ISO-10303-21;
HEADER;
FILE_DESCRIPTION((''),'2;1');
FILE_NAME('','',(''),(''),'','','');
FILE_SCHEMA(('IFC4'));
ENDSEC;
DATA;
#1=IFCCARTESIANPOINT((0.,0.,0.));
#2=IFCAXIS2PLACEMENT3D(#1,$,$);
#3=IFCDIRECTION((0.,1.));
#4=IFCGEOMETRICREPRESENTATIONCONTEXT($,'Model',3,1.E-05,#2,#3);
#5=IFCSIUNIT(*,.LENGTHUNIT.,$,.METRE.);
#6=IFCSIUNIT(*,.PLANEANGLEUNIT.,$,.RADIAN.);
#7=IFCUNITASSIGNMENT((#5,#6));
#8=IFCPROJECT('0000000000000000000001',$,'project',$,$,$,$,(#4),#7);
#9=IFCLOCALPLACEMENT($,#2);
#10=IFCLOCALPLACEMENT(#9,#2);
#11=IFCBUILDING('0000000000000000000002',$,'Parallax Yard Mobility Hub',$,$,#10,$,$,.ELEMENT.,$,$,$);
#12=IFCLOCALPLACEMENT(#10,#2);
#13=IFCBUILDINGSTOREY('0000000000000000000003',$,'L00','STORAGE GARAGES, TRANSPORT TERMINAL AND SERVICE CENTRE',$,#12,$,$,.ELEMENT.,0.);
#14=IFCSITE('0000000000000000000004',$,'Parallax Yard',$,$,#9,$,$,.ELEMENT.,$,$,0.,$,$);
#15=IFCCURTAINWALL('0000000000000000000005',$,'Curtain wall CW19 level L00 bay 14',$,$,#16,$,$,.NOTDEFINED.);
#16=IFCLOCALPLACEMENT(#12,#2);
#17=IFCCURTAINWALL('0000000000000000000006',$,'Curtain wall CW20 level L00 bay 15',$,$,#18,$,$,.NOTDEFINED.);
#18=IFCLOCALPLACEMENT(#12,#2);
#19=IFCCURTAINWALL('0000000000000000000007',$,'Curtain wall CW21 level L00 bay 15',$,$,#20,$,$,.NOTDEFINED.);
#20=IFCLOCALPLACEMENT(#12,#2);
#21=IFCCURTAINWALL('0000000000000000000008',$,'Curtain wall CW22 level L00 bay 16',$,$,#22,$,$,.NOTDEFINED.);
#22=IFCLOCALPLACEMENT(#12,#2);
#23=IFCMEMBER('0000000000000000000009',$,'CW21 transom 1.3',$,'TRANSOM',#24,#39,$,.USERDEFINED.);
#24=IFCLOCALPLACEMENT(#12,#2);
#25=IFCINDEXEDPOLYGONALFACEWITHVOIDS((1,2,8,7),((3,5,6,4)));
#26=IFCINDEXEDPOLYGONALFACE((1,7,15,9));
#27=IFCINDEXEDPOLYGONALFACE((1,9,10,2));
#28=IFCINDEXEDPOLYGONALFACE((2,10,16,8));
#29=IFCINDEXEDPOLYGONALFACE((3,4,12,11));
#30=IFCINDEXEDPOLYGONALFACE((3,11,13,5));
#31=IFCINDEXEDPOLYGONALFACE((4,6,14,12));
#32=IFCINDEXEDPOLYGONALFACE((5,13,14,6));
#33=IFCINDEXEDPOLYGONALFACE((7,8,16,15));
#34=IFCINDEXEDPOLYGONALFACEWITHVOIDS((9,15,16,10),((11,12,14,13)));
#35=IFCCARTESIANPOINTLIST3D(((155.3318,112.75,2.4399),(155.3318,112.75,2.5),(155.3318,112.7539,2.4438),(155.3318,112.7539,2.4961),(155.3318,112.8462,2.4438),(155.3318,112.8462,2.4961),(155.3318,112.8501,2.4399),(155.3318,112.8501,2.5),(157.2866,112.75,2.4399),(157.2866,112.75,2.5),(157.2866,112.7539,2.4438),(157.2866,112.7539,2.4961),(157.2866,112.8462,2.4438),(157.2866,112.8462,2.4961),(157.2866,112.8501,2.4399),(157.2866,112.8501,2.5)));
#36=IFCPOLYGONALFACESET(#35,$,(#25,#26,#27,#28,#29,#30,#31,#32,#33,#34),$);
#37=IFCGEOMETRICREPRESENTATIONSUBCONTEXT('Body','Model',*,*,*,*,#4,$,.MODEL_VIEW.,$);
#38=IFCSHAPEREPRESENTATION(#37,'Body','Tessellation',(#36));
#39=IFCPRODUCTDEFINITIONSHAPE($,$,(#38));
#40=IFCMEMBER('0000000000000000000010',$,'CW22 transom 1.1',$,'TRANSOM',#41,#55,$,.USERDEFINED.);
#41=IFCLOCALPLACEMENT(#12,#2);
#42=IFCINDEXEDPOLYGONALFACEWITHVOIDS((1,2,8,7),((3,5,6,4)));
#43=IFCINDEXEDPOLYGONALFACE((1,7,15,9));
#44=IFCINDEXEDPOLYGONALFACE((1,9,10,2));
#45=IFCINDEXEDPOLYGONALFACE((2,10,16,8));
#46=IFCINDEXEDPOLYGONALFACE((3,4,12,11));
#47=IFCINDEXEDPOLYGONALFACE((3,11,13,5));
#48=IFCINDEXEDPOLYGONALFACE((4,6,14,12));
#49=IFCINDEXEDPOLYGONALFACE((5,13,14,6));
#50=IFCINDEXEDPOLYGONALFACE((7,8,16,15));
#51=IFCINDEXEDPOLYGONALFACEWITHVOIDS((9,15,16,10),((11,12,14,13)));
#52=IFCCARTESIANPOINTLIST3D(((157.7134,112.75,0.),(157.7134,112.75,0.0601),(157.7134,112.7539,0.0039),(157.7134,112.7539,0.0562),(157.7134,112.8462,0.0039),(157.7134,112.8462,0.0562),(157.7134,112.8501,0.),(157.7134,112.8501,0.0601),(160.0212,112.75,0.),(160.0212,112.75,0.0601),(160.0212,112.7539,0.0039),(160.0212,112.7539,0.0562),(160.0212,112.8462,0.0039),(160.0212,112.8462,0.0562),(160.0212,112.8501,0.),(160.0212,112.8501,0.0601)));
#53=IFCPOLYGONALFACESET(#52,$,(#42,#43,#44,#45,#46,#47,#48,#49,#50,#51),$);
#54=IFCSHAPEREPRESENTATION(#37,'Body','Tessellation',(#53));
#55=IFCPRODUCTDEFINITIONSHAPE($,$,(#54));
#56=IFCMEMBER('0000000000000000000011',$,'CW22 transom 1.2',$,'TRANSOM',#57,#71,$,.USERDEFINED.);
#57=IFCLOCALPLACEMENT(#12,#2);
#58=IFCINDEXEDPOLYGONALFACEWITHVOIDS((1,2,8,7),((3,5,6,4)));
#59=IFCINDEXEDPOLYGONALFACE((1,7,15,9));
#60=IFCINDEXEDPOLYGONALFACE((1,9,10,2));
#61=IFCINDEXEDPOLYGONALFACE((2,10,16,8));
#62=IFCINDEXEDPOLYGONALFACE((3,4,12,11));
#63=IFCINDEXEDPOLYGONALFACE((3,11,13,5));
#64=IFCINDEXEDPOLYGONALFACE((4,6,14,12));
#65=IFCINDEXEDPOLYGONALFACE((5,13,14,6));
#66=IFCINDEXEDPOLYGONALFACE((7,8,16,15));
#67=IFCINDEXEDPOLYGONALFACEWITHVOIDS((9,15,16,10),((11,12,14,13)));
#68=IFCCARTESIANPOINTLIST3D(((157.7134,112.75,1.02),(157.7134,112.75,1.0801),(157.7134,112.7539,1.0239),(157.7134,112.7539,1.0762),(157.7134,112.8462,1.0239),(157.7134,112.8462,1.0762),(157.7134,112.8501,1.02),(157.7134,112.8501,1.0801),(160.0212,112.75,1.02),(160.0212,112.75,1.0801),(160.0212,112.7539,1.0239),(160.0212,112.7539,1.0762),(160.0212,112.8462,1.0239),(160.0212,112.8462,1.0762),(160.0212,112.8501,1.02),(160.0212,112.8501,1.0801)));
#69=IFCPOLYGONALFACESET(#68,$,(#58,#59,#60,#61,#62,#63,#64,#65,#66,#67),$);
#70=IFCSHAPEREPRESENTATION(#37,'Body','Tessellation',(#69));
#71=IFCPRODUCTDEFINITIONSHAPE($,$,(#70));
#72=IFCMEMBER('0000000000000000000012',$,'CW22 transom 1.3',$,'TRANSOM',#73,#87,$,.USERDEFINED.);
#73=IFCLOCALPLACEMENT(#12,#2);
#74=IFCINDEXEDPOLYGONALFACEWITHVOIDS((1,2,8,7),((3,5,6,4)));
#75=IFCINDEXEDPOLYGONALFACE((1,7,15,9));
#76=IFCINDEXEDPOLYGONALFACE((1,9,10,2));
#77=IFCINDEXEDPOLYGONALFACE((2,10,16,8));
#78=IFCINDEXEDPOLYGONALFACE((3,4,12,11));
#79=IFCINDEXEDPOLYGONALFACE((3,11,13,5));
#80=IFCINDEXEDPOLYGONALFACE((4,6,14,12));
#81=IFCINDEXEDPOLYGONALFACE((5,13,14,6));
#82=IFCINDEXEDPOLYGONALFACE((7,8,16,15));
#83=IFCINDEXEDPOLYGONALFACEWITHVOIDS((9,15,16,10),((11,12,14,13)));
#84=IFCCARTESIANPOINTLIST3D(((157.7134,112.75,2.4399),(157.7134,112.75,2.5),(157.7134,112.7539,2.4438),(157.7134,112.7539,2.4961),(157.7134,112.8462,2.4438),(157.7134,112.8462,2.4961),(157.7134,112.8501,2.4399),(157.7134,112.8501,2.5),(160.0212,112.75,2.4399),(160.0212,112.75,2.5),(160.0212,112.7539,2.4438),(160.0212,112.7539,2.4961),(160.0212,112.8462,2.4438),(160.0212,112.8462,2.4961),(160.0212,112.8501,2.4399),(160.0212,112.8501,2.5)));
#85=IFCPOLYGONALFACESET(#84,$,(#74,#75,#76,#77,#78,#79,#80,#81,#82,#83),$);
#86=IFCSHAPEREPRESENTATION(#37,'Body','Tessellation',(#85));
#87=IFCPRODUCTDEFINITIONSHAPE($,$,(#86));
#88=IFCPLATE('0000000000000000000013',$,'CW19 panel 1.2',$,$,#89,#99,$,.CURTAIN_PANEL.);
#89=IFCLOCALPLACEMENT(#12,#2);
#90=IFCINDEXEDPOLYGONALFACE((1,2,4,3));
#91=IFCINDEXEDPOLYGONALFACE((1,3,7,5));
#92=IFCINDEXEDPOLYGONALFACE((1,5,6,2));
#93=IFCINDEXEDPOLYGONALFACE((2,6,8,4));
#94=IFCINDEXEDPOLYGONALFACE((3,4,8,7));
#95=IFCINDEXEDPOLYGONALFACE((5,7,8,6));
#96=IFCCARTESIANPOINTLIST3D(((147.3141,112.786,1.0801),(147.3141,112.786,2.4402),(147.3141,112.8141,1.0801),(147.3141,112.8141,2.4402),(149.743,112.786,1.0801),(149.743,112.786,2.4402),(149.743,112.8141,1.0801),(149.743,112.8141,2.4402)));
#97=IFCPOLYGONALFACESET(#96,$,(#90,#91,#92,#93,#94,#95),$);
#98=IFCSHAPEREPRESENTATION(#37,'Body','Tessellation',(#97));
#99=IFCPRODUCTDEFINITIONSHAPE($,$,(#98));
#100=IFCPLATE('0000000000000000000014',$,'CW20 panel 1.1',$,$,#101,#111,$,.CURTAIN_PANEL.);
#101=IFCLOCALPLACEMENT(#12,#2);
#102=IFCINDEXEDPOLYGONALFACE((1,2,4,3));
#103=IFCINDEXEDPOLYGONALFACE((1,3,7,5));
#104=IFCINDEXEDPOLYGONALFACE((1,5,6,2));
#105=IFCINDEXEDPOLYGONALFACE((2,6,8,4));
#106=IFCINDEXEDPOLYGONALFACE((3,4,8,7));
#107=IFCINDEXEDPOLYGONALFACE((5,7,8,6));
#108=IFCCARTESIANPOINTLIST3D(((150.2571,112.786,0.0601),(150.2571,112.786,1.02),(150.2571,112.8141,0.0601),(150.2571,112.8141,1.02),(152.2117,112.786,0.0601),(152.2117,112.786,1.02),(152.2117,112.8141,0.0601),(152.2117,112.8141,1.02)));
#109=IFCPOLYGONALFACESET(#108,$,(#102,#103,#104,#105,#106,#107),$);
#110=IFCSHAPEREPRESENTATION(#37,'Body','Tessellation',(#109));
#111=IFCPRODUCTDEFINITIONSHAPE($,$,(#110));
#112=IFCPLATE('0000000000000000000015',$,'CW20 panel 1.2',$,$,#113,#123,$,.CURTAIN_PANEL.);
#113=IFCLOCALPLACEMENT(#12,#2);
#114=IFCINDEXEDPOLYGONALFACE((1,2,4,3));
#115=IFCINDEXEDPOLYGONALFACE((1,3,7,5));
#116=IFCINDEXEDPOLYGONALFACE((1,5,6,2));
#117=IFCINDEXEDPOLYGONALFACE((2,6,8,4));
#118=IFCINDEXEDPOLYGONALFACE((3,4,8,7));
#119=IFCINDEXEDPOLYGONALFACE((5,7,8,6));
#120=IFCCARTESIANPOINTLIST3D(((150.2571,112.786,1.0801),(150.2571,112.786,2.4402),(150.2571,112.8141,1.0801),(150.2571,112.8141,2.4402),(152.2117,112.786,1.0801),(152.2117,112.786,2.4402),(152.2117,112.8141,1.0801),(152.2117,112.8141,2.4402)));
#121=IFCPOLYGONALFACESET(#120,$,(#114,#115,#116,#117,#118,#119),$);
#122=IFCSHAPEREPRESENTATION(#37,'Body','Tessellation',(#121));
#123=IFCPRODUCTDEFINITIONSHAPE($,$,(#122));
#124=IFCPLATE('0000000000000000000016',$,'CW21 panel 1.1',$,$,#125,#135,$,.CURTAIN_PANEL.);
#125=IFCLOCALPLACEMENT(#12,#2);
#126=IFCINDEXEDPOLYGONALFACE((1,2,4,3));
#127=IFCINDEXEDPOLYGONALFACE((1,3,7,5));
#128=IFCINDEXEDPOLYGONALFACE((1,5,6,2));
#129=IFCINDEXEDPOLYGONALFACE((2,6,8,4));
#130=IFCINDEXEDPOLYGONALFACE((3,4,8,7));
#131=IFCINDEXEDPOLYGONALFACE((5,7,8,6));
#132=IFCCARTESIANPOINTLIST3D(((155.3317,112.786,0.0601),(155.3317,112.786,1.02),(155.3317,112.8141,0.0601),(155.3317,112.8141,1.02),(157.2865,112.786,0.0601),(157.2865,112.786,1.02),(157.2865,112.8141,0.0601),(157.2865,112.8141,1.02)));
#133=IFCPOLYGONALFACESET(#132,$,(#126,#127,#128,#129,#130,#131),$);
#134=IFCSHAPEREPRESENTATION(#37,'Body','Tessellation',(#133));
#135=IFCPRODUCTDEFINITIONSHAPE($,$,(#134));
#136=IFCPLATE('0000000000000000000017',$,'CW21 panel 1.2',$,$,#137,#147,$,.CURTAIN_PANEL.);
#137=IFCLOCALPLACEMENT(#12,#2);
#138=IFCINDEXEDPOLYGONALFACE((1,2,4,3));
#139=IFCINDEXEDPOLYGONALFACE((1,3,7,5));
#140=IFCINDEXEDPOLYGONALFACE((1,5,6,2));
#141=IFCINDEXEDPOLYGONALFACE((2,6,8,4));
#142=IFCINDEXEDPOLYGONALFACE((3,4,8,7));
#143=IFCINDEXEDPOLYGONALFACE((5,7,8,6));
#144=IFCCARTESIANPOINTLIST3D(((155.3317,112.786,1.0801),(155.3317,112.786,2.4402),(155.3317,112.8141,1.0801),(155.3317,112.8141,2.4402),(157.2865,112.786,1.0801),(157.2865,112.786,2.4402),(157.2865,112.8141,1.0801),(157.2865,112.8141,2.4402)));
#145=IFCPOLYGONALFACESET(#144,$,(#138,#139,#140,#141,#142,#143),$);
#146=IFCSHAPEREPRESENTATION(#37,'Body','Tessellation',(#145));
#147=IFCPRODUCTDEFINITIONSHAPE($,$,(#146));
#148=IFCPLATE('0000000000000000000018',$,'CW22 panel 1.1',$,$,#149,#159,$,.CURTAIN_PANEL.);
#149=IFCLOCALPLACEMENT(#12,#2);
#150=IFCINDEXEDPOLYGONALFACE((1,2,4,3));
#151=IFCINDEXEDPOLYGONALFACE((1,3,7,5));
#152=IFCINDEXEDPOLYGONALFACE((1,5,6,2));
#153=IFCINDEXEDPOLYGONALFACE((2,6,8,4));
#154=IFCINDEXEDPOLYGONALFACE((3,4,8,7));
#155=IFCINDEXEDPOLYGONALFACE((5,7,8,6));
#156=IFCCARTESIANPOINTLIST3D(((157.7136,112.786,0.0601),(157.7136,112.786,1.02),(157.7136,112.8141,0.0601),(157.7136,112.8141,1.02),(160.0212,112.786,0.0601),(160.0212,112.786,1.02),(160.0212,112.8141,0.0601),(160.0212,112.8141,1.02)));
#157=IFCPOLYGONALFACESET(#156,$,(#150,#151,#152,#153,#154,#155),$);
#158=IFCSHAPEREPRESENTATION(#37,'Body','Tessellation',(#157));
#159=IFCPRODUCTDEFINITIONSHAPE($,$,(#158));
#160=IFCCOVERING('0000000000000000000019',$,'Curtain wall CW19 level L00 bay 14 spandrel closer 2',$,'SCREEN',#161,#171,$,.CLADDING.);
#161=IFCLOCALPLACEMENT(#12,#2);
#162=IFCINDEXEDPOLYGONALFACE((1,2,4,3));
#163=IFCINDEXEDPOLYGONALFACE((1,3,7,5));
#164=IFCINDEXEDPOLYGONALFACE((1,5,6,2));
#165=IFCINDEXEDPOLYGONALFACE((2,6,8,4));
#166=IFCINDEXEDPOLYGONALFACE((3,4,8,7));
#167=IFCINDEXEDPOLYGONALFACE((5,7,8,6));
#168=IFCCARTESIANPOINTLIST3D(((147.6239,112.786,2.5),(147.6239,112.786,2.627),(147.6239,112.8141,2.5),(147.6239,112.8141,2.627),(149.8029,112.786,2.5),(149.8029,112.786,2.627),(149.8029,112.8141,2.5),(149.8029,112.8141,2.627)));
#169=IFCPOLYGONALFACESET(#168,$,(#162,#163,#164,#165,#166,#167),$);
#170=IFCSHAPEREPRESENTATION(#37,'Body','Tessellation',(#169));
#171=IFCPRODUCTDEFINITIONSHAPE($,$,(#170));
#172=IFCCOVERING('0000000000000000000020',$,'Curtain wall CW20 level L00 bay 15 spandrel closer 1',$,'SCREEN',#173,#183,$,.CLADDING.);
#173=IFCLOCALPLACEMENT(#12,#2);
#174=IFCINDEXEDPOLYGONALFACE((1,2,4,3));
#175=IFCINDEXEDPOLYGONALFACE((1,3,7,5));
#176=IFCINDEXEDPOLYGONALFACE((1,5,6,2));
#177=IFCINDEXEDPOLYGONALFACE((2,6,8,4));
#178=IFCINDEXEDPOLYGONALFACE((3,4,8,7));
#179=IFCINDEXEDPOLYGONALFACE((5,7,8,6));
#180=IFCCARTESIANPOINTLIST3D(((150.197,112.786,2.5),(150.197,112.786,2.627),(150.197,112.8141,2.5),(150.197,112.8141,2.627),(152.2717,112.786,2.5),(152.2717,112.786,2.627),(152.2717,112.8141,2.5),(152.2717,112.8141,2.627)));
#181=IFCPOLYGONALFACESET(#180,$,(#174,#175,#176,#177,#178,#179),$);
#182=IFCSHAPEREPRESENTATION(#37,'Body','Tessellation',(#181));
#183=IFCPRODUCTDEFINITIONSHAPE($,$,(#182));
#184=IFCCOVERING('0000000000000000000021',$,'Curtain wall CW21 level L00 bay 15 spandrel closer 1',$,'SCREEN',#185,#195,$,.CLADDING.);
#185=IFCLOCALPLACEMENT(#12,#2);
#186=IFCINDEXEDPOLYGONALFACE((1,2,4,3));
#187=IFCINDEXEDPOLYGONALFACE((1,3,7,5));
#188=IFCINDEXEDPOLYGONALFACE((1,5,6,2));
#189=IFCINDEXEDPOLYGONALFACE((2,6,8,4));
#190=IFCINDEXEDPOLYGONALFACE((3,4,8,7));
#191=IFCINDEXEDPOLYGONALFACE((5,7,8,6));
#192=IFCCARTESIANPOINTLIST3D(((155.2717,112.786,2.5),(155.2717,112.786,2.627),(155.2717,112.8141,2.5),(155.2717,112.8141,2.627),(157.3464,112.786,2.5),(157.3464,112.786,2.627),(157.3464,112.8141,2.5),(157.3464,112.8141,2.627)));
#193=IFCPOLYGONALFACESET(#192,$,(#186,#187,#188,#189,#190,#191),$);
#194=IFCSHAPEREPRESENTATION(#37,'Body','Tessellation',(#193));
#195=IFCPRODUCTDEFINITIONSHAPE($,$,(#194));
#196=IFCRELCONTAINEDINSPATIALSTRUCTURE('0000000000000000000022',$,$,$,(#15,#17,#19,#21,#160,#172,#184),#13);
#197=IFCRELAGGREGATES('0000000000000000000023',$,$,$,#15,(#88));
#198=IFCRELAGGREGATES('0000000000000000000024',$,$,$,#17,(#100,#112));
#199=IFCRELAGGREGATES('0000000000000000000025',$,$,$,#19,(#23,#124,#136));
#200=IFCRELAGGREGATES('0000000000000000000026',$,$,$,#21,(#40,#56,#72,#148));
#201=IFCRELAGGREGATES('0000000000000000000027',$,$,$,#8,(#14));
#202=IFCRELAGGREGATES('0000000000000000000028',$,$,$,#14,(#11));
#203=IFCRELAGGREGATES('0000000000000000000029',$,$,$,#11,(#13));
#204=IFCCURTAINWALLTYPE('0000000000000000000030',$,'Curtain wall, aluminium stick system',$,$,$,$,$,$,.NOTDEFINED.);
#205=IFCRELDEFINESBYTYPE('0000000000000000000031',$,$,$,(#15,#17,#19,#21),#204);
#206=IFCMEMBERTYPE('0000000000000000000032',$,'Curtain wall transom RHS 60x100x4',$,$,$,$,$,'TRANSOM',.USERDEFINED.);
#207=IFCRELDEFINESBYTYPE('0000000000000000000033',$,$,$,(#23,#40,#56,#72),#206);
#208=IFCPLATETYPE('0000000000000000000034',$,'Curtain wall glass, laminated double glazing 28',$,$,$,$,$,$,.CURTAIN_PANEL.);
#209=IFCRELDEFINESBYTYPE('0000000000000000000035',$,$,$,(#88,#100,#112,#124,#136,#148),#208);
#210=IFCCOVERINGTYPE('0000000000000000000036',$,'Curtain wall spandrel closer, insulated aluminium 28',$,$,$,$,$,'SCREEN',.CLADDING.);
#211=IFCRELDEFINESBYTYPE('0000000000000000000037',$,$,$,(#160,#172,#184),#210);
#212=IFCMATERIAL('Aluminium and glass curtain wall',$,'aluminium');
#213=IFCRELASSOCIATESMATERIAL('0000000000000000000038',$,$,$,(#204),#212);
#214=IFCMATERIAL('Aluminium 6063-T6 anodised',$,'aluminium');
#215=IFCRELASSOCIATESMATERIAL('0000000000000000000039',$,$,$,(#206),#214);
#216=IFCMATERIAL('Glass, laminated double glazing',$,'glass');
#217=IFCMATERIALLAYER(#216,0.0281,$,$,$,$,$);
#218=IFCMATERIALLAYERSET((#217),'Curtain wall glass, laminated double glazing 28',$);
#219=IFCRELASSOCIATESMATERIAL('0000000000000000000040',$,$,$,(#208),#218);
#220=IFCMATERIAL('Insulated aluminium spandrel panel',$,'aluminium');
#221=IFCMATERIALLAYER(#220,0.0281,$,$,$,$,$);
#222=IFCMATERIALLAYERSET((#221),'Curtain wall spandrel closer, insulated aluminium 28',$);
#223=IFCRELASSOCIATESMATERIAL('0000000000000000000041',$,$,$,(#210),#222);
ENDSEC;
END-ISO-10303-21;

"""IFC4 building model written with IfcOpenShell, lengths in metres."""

from ifc_helpers import new_model, si_unit, direction, frame, origin, origin_2d, place, context, subcontext, project, spatial, rectangle, hollow_rectangle, extrude, material, layer, layer_set, material_profile, profile_set, type_object, element, aggregate, save


model = new_model("IFC4")

# Units and contexts
model_context = context("Model", 3, precision=1e-05, world=origin(), true_north=direction((0.0, 1.0)))
body_context = subcontext(model_context, "Body", "Model", "MODEL_VIEW")
ifc_project = project(units=[si_unit("LENGTHUNIT", "METRE"), si_unit("PLANEANGLEUNIT", "RADIAN")], contexts=[model_context])

# Site, building, storey
site_placement = place(None, origin())
site = spatial("IfcSite", under=ifc_project, at=site_placement, Name="Parallax Yard", CompositionType="ELEMENT", RefElevation=0.0)
building_placement = place(site_placement, origin())
building = spatial("IfcBuilding", under=site, at=building_placement, Name="Parallax Yard Mobility Hub", CompositionType="ELEMENT")
storey_placement = place(building_placement, origin())
storey = spatial("IfcBuildingStorey", under=building, at=storey_placement, Name="L00", Description="STORAGE GARAGES, TRANSPORT TERMINAL AND SERVICE CENTRE", CompositionType="ELEMENT", Elevation=0.0)

# Curtain wall
ifc_material_1 = material(Name="Aluminium and glass curtain wall", Category="aluminium")
curtain_wall_type = type_object("IfcCurtainWallType", Name="Curtain wall, aluminium stick system", PredefinedType="NOTDEFINED", material=ifc_material_1)
curtain_wall_1_placement = place(storey_placement, origin())
curtain_wall_1 = element("IfcCurtainWall", 1, at=curtain_wall_1_placement, inside=storey, type_object=curtain_wall_type, Name="Curtain wall CW19 level L00 bay 14", PredefinedType="NOTDEFINED")
ifc_material_2 = material(Name="Aluminium 6063-T6 anodised", Category="aluminium")

# Curtain walls
curtain_wall_2_placement = place(storey_placement, origin())
curtain_wall_2 = element("IfcCurtainWall", 2, at=curtain_wall_2_placement, inside=storey, type_object=curtain_wall_type, Name="Curtain wall CW20 level L00 bay 15", PredefinedType="NOTDEFINED")
curtain_wall_3_placement = place(storey_placement, origin())
curtain_wall_3 = element("IfcCurtainWall", 3, at=curtain_wall_3_placement, inside=storey, type_object=curtain_wall_type, Name="Curtain wall CW21 level L00 bay 15", PredefinedType="NOTDEFINED")

# Curtain wall
curtain_wall_4_placement = place(storey_placement, origin())
curtain_wall_4 = element("IfcCurtainWall", 4, at=curtain_wall_4_placement, inside=storey, type_object=curtain_wall_type, Name="Curtain wall CW22 level L00 bay 16", PredefinedType="NOTDEFINED")

# Members
ifc_material_profile_1 = material_profile(ifc_material_2, hollow_rectangle(XDim=0.1001, YDim=0.0601, WallThickness=0.0039, at=origin_2d()), Name="RHS 60x100x4")
ifc_profile_set_1 = profile_set([ifc_material_profile_1], Name="Aluminium 6063-T6 anodised")
member_type_1 = type_object("IfcMemberType", Name="Curtain wall transom RHS 60x100x4", ElementType="TRANSOM", PredefinedType="USERDEFINED", material=ifc_profile_set_1)
member_1_placement = place(storey_placement, frame((155.3318, 112.8, 2.47), z_axis=(1.0, 0.0, 0.0), x_axis=(0.0, 1.0, 0.0)))
member_1 = element("IfcMember", 5, at=member_1_placement, type_object=member_type_1, Name="CW21 transom 1.3", ObjectType="TRANSOM", PredefinedType="USERDEFINED", context=body_context, shape_type="SweptSolid", body=[
    extrude(hollow_rectangle(XDim=0.1001, YDim=0.0601, WallThickness=0.0039, at=origin_2d()), origin(), (0.0, 0.0, 1.0), 1.9548),
])
member_2_placement = place(storey_placement, frame((157.7134, 112.8, 0.03), z_axis=(1.0, 0.0, 0.0), x_axis=(0.0, 1.0, 0.0)))
member_2 = element("IfcMember", 6, at=member_2_placement, type_object=member_type_1, Name="CW22 transom 1.1", ObjectType="TRANSOM", PredefinedType="USERDEFINED", context=body_context, shape_type="SweptSolid", body=[
    extrude(hollow_rectangle(XDim=0.1001, YDim=0.0601, WallThickness=0.0039, at=origin_2d()), origin(), (0.0, 0.0, 1.0), 2.3079),
])
member_3_placement = place(storey_placement, frame((157.7134, 112.8, 1.05), z_axis=(1.0, 0.0, 0.0), x_axis=(0.0, 1.0, 0.0)))
member_3 = element("IfcMember", 7, at=member_3_placement, type_object=member_type_1, Name="CW22 transom 1.2", ObjectType="TRANSOM", PredefinedType="USERDEFINED", context=body_context, shape_type="SweptSolid", body=[
    extrude(hollow_rectangle(XDim=0.1001, YDim=0.0601, WallThickness=0.0039, at=origin_2d()), origin(), (0.0, 0.0, 1.0), 2.3079),
])
member_4_placement = place(storey_placement, frame((157.7134, 112.8, 2.47), z_axis=(1.0, 0.0, 0.0), x_axis=(0.0, 1.0, 0.0)))
member_4 = element("IfcMember", 8, at=member_4_placement, type_object=member_type_1, Name="CW22 transom 1.3", ObjectType="TRANSOM", PredefinedType="USERDEFINED", context=body_context, shape_type="SweptSolid", body=[
    extrude(hollow_rectangle(XDim=0.1001, YDim=0.0601, WallThickness=0.0039, at=origin_2d()), origin(), (0.0, 0.0, 1.0), 2.3079),
])

# Plates
ifc_material_3 = material(Name="Glass, laminated double glazing", Category="glass")
ifc_layer_1 = layer(ifc_material_3, 0.0281)
ifc_layer_set_1 = layer_set([ifc_layer_1], Name="Curtain wall glass, laminated double glazing 28")
plate_type = type_object("IfcPlateType", Name="Curtain wall glass, laminated double glazing 28", PredefinedType="CURTAIN_PANEL", material=ifc_layer_set_1)
plate_1_placement = place(storey_placement, frame((148.5286, 112.8, 1.0801), z_axis=(0.0, 0.0, 1.0), x_axis=(1.0, 0.0, 0.0)))
plate_1 = element("IfcPlate", 9, at=plate_1_placement, type_object=plate_type, Name="CW19 panel 1.2", PredefinedType="CURTAIN_PANEL", context=body_context, shape_type="SweptSolid", body=[
    extrude(rectangle(XDim=2.429, YDim=0.0281, at=origin_2d()), origin(), (0.0, 0.0, 1.0), 1.3601),
])
aggregate(curtain_wall_1, [plate_1])
plate_2_placement = place(storey_placement, frame((151.2344, 112.8, 0.0601), z_axis=(0.0, 0.0, 1.0), x_axis=(1.0, 0.0, 0.0)))
plate_2 = element("IfcPlate", 10, at=plate_2_placement, type_object=plate_type, Name="CW20 panel 1.1", PredefinedType="CURTAIN_PANEL", context=body_context, shape_type="SweptSolid", body=[
    extrude(rectangle(XDim=1.9546, YDim=0.0281, at=origin_2d()), origin(), (0.0, 0.0, 1.0), 0.96),
])
plate_3_placement = place(storey_placement, frame((151.2344, 112.8, 1.0801), z_axis=(0.0, 0.0, 1.0), x_axis=(1.0, 0.0, 0.0)))
plate_3 = element("IfcPlate", 11, at=plate_3_placement, type_object=plate_type, Name="CW20 panel 1.2", PredefinedType="CURTAIN_PANEL", context=body_context, shape_type="SweptSolid", body=[
    extrude(rectangle(XDim=1.9546, YDim=0.0281, at=origin_2d()), origin(), (0.0, 0.0, 1.0), 1.3601),
])
aggregate(curtain_wall_2, [plate_2, plate_3])
plate_4_placement = place(storey_placement, frame((156.3091, 112.8, 0.0601), z_axis=(0.0, 0.0, 1.0), x_axis=(1.0, 0.0, 0.0)))
plate_4 = element("IfcPlate", 12, at=plate_4_placement, type_object=plate_type, Name="CW21 panel 1.1", PredefinedType="CURTAIN_PANEL", context=body_context, shape_type="SweptSolid", body=[
    extrude(rectangle(XDim=1.9548, YDim=0.0281, at=origin_2d()), origin(), (0.0, 0.0, 1.0), 0.96),
])
plate_5_placement = place(storey_placement, frame((156.3091, 112.8, 1.0801), z_axis=(0.0, 0.0, 1.0), x_axis=(1.0, 0.0, 0.0)))
plate_5 = element("IfcPlate", 13, at=plate_5_placement, type_object=plate_type, Name="CW21 panel 1.2", PredefinedType="CURTAIN_PANEL", context=body_context, shape_type="SweptSolid", body=[
    extrude(rectangle(XDim=1.9548, YDim=0.0281, at=origin_2d()), origin(), (0.0, 0.0, 1.0), 1.3601),
])
aggregate(curtain_wall_3, [member_1, plate_4, plate_5])
plate_6_placement = place(storey_placement, frame((158.8674, 112.8, 0.0601), z_axis=(0.0, 0.0, 1.0), x_axis=(1.0, 0.0, 0.0)))
plate_6 = element("IfcPlate", 14, at=plate_6_placement, type_object=plate_type, Name="CW22 panel 1.1", PredefinedType="CURTAIN_PANEL", context=body_context, shape_type="SweptSolid", body=[
    extrude(rectangle(XDim=2.3076, YDim=0.0281, at=origin_2d()), origin(), (0.0, 0.0, 1.0), 0.96),
])
aggregate(curtain_wall_4, [member_2, member_3, member_4, plate_6])

# Coverings
ifc_material_4 = material(Name="Insulated aluminium spandrel panel", Category="aluminium")
ifc_layer_2 = layer(ifc_material_4, 0.0281)
ifc_layer_set_2 = layer_set([ifc_layer_2], Name="Curtain wall spandrel closer, insulated aluminium 28")
covering_type = type_object("IfcCoveringType", Name="Curtain wall spandrel closer, insulated aluminium 28", ElementType="SCREEN", PredefinedType="CLADDING", material=ifc_layer_set_2)
covering_1_placement = place(storey_placement, frame((148.7134, 112.8, 2.5), z_axis=(0.0, 0.0, 1.0), x_axis=(1.0, 0.0, 0.0)))
element("IfcCovering", 15, at=covering_1_placement, inside=storey, type_object=covering_type, Name="Curtain wall CW19 level L00 bay 14 spandrel closer 2", ObjectType="SCREEN", PredefinedType="CLADDING", context=body_context, shape_type="SweptSolid", body=[
    extrude(rectangle(XDim=2.179, YDim=0.0281, at=origin_2d()), origin(), (0.0, 0.0, 1.0), 0.127),
])
for number, where, z_axis, x_axis, name in (
    (16, (151.2344, 112.8, 2.5), (0.0, 0.0, 1.0), (1.0, 0.0, 0.0), "Curtain wall CW20 level L00 bay 15 spandrel closer 1"),
    (17, (156.3091, 112.8, 2.5), (0.0, 0.0, 1.0), (1.0, 0.0, 0.0), "Curtain wall CW21 level L00 bay 15 spandrel closer 1"),
):
    element("IfcCovering", number, at=place(storey_placement, frame(where, z_axis=z_axis, x_axis=x_axis)), inside=storey, type_object=covering_type, Name=name, ObjectType="SCREEN", PredefinedType="CLADDING", context=body_context, shape_type="SweptSolid", body=[
        extrude(rectangle(XDim=2.0747, YDim=0.0281, at=origin_2d()), origin(), (0.0, 0.0, 1.0), 0.127),
    ])

save(model, "model.ifc")
